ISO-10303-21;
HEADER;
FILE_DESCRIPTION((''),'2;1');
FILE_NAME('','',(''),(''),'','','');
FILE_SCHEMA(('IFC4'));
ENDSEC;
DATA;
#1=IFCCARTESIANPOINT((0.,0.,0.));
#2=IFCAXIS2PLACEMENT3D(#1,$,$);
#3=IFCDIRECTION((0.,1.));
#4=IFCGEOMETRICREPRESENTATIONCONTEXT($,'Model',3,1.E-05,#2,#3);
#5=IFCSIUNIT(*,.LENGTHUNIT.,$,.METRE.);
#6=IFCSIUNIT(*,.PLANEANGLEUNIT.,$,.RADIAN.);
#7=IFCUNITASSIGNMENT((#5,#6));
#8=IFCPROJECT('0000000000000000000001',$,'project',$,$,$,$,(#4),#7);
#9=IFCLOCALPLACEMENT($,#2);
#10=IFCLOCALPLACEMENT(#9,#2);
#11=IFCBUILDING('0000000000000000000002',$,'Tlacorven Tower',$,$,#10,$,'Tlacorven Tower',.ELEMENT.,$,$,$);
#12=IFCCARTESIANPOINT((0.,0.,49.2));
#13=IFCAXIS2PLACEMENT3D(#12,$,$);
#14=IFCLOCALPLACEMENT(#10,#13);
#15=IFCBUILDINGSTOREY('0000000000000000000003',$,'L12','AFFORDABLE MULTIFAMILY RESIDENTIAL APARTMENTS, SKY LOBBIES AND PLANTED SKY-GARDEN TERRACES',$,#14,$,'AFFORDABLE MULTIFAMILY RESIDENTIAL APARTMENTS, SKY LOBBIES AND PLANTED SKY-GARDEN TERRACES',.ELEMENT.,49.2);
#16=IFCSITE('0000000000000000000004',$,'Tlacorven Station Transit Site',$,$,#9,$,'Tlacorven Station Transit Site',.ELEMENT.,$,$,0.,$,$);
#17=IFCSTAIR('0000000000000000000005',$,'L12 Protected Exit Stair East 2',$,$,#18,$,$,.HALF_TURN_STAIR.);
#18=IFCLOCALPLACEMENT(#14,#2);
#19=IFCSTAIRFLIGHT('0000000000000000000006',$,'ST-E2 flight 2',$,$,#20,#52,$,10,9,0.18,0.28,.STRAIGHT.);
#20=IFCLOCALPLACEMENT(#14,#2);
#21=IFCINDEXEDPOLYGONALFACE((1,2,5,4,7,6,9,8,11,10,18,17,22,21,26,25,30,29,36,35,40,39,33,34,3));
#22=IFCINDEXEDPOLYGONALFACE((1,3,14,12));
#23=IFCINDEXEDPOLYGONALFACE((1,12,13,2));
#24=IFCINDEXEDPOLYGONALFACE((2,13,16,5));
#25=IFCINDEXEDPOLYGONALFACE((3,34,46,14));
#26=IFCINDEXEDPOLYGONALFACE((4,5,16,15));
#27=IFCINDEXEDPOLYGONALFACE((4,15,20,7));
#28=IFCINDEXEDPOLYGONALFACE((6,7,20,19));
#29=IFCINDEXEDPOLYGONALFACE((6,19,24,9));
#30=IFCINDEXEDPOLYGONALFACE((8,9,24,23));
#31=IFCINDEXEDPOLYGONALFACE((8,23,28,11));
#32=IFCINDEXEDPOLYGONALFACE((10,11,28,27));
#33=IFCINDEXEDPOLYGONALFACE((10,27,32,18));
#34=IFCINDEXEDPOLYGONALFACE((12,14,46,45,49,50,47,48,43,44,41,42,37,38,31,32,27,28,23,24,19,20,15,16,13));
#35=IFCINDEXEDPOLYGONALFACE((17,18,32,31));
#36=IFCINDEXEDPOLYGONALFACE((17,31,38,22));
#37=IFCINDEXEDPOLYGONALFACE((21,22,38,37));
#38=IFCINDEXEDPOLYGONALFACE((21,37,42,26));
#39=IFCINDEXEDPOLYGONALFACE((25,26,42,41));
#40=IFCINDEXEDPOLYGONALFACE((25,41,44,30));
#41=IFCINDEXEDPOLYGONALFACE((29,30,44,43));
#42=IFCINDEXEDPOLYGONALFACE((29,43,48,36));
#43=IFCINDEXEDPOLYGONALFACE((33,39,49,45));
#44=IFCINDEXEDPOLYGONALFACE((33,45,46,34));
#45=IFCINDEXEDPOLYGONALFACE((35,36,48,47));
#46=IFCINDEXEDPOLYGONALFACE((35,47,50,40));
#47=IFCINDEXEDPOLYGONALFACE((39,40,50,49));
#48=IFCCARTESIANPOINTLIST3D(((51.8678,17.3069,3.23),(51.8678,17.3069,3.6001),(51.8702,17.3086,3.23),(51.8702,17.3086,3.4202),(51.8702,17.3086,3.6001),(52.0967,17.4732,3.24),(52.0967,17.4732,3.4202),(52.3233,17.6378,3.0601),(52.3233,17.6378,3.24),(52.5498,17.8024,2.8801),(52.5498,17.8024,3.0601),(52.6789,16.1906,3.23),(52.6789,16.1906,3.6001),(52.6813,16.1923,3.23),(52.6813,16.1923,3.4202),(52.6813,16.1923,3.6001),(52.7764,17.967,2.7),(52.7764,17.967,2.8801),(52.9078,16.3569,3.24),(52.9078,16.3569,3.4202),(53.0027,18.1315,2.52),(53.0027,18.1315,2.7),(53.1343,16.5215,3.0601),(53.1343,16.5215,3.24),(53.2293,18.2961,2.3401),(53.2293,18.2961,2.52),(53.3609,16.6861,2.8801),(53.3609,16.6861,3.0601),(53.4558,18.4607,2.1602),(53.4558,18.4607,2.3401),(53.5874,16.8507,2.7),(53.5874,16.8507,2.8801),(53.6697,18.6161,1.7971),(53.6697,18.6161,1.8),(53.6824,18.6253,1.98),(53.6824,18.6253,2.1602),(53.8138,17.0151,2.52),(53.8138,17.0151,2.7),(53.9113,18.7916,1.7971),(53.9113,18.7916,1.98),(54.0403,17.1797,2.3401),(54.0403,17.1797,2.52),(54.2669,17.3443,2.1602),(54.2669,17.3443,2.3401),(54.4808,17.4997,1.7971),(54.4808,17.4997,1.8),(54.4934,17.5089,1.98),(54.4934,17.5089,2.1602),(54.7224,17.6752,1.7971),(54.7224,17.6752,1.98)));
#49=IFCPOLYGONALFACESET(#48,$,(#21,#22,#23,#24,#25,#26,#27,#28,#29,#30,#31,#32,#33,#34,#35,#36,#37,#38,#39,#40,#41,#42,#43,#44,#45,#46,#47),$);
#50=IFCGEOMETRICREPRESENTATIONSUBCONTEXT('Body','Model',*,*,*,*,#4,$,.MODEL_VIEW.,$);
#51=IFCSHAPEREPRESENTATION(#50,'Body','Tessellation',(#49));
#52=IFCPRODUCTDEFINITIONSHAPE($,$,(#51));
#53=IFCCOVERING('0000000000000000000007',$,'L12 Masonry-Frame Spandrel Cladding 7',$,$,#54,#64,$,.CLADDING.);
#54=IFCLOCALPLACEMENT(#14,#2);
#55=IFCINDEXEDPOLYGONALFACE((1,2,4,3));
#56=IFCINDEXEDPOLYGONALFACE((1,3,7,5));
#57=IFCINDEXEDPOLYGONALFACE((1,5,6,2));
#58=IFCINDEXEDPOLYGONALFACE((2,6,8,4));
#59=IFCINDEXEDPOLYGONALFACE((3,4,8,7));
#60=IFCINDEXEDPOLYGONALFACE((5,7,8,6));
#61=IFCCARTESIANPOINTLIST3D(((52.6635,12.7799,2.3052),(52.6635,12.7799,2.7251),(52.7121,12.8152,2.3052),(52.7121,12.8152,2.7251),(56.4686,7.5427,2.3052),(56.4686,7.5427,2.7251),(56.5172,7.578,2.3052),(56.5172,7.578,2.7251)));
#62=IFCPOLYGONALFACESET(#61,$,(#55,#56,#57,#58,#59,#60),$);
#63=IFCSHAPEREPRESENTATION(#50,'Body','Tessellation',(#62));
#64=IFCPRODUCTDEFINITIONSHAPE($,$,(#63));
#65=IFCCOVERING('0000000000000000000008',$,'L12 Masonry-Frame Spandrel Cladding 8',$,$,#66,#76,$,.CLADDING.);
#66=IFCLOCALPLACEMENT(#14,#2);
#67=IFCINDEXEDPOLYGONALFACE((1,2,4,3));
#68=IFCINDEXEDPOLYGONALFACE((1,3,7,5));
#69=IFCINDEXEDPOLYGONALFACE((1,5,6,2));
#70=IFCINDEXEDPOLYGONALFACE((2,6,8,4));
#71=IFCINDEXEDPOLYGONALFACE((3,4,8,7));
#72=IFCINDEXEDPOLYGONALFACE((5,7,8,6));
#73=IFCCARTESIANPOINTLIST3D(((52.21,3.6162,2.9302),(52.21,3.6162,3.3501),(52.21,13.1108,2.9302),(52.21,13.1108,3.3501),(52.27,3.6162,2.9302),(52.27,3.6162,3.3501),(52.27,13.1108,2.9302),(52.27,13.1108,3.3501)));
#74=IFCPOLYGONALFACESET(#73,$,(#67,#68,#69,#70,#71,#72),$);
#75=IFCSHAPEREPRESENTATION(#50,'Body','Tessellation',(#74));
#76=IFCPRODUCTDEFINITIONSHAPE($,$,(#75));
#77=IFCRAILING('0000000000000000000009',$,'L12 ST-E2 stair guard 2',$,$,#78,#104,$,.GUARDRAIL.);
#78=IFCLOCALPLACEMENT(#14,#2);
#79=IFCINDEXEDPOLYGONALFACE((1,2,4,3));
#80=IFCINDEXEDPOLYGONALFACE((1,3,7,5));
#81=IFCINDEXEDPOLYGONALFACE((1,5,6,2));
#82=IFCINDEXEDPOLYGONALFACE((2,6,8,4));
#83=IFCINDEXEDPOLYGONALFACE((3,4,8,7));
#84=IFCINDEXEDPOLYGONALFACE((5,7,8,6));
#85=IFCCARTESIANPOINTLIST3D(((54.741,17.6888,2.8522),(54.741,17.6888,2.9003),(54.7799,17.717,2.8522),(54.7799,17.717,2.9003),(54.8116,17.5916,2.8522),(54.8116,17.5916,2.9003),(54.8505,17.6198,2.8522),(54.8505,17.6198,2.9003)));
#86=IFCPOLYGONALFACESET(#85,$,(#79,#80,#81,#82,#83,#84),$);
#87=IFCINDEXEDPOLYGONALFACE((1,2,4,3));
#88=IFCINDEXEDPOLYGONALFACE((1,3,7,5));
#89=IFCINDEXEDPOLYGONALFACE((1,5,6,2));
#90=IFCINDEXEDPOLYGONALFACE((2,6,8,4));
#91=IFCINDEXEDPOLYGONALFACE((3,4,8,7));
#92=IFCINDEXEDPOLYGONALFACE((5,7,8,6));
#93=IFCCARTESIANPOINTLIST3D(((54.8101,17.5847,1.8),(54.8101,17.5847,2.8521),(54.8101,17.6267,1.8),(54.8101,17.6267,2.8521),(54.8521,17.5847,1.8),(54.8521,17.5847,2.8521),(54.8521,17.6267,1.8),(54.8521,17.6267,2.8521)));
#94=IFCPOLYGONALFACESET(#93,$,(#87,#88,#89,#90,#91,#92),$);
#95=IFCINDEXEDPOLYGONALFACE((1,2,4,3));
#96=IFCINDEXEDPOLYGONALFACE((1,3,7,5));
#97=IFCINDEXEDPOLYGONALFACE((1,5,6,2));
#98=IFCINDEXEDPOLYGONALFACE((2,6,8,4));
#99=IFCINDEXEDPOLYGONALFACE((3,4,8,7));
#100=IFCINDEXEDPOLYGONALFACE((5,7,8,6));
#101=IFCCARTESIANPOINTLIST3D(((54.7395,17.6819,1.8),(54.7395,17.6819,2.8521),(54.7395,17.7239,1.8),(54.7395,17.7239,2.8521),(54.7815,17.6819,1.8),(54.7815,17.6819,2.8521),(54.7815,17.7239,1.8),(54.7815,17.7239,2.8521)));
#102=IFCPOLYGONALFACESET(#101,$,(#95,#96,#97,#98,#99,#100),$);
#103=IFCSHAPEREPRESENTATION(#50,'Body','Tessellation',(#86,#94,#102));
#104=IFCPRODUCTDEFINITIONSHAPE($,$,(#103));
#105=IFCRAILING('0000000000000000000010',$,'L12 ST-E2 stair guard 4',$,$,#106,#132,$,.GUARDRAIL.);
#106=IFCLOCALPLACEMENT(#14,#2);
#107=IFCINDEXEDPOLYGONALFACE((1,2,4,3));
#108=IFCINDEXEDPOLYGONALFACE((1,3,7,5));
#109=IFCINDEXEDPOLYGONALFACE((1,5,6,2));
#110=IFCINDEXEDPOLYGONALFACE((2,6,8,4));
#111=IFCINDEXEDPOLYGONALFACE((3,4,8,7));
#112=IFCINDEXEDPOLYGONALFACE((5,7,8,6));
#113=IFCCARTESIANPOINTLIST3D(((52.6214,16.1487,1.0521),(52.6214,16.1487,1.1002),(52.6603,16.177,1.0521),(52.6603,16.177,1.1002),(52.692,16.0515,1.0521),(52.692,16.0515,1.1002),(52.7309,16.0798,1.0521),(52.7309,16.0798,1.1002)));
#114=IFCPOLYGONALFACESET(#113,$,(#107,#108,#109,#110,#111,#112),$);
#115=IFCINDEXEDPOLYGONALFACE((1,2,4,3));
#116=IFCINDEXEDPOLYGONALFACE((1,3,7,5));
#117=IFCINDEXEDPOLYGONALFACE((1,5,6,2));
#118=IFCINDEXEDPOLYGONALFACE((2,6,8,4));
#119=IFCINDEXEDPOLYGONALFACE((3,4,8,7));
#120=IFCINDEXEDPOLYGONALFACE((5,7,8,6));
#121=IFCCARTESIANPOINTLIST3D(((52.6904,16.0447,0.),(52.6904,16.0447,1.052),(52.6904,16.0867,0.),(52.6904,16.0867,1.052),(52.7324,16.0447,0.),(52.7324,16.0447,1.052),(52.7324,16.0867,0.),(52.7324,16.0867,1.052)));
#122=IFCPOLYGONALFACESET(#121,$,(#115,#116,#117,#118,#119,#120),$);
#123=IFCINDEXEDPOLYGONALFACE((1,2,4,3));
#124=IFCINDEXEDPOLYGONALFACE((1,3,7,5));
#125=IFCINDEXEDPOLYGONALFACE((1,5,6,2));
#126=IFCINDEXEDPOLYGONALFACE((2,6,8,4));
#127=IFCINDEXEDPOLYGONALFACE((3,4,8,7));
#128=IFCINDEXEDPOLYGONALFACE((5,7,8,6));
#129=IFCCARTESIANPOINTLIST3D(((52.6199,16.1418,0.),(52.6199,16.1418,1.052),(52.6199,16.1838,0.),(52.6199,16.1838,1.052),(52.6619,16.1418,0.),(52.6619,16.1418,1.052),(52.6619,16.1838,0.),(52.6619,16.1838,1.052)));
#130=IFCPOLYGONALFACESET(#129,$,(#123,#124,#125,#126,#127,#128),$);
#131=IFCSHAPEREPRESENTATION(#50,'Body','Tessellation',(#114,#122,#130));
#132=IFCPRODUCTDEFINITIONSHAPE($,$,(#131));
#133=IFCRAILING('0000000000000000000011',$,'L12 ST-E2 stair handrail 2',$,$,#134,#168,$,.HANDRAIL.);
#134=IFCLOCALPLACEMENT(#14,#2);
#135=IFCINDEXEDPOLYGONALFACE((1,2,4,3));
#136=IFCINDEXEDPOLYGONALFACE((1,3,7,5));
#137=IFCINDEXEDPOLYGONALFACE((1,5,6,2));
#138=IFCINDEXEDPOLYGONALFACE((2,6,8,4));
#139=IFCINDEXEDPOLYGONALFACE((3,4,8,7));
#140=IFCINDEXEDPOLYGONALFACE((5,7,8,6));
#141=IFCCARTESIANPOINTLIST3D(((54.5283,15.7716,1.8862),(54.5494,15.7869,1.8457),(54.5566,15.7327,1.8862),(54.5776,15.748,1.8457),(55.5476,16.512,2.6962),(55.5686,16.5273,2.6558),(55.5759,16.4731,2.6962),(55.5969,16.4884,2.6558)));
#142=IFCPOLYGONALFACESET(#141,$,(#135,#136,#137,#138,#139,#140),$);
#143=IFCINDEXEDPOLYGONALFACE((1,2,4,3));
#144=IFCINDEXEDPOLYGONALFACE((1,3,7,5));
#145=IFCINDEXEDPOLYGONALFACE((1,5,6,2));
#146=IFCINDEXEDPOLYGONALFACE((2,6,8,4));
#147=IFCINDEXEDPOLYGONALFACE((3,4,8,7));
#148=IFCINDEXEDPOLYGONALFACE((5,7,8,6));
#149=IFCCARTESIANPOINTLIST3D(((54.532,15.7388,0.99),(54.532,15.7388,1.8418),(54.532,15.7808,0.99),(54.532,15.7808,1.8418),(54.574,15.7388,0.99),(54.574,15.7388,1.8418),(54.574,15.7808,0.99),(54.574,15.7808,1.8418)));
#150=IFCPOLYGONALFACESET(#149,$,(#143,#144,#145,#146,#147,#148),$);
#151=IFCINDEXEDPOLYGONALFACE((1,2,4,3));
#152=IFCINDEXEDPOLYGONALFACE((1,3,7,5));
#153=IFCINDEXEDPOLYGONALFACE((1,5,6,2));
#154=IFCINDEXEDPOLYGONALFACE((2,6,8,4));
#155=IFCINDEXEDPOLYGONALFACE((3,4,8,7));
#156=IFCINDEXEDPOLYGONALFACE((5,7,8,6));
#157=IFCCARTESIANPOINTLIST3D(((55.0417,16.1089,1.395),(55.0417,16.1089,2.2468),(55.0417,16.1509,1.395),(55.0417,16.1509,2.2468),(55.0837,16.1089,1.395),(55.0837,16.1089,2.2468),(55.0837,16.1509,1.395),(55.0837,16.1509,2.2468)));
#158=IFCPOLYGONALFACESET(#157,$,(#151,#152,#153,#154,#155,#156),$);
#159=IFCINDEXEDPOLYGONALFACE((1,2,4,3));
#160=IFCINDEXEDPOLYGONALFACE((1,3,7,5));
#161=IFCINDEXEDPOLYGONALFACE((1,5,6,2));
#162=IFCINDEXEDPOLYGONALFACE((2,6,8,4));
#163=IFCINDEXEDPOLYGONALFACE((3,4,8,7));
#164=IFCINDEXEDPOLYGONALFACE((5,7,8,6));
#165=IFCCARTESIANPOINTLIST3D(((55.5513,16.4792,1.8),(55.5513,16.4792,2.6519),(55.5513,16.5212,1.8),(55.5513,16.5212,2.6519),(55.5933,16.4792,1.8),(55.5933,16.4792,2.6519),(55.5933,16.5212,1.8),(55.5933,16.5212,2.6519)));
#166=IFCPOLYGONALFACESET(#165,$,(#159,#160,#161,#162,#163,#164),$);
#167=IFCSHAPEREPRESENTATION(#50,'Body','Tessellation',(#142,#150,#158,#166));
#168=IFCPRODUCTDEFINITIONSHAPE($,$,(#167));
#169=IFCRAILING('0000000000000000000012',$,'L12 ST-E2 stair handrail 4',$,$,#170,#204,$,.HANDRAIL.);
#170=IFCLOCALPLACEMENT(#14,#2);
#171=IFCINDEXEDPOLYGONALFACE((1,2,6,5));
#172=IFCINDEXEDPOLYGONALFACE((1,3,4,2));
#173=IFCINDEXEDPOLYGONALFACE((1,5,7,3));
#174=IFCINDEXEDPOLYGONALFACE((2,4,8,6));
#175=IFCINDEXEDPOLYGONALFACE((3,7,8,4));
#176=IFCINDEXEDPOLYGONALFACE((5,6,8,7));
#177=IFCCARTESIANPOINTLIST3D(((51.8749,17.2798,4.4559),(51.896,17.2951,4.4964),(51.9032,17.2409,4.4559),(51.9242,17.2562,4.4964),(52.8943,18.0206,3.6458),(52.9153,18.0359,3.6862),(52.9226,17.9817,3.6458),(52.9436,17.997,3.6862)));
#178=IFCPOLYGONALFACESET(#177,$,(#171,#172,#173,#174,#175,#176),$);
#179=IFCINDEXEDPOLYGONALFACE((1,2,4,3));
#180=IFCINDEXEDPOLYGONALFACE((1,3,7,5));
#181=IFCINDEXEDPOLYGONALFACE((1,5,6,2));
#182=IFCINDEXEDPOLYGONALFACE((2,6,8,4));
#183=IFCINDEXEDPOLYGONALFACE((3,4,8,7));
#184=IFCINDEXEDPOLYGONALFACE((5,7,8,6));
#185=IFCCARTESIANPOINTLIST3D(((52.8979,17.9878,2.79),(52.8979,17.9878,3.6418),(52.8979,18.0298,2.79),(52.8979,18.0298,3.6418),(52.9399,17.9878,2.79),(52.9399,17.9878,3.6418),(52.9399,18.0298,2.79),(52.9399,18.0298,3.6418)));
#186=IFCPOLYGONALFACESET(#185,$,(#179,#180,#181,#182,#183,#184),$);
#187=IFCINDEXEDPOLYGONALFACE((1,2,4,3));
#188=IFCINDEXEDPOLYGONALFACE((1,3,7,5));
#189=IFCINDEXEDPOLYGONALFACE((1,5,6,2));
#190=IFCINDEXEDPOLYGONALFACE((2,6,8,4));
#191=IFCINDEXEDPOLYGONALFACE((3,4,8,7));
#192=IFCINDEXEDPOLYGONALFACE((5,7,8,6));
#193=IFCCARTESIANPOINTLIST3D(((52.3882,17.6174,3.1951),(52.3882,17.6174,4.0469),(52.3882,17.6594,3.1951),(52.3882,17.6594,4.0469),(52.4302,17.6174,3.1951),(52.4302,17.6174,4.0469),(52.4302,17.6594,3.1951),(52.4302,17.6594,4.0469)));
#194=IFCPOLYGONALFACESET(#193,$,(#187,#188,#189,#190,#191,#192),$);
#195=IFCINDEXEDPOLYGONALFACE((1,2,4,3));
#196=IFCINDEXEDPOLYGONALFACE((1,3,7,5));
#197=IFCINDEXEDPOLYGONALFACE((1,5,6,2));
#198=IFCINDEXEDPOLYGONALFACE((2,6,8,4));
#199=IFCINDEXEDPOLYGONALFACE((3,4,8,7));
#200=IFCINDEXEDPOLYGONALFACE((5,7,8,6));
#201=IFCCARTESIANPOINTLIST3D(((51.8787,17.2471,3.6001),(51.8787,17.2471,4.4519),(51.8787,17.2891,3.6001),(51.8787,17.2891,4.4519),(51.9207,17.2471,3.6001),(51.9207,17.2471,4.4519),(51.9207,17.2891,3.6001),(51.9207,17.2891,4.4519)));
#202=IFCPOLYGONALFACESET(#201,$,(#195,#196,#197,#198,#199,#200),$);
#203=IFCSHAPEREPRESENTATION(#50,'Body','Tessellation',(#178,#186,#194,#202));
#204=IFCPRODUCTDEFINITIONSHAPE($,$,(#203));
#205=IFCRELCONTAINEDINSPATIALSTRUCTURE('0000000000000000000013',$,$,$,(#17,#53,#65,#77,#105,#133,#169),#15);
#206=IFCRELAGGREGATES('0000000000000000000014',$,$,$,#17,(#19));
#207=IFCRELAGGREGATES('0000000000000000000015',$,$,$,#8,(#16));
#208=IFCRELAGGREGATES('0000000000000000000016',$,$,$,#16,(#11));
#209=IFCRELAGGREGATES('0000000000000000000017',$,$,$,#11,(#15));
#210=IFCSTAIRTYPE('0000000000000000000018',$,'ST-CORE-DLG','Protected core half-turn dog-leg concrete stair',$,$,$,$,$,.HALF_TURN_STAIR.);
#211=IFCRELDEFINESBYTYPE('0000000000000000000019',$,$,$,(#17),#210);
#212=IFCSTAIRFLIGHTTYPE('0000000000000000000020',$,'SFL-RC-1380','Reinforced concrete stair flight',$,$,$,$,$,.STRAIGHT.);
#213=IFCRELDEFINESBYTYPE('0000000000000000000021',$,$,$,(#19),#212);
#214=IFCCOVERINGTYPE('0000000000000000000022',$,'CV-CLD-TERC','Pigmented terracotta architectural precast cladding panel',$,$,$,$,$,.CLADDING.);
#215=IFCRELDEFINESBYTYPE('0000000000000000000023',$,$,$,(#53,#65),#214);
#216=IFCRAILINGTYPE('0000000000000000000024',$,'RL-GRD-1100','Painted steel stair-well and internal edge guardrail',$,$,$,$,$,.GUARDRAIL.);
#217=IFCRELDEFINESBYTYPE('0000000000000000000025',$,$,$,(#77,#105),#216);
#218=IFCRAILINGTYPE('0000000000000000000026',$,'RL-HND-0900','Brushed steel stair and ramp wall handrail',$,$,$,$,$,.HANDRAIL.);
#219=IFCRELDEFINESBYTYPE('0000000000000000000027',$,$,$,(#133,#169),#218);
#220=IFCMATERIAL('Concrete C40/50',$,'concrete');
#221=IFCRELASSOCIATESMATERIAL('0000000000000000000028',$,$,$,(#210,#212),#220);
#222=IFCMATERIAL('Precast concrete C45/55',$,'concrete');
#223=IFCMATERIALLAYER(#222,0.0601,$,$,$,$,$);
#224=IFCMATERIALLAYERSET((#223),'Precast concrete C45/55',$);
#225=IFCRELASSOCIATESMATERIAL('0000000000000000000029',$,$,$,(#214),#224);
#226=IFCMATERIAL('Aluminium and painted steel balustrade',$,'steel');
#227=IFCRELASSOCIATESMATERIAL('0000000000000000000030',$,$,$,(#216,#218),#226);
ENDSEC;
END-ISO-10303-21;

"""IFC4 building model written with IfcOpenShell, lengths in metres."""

from ifc_helpers import new_model, si_unit, direction, frame, origin, origin_2d, place, context, subcontext, project, spatial, polyline, rectangle, outline, extrude, source, transform, mapped, material, layer, layer_set, type_object, element, aggregate, save


model = new_model("IFC4")

# Units and contexts
model_context = context("Model", 3, precision=1e-05, world=origin(), true_north=direction((0.0, 1.0)))
body_context = subcontext(model_context, "Body", "Model", "MODEL_VIEW")
ifc_project = project(units=[si_unit("LENGTHUNIT", "METRE"), si_unit("PLANEANGLEUNIT", "RADIAN")], contexts=[model_context])

# Site, building, storey
site_placement = place(None, origin())
site = spatial("IfcSite", under=ifc_project, at=site_placement, Name="Tlacorven Station Transit Site", LongName="Tlacorven Station Transit Site", CompositionType="ELEMENT", RefElevation=0.0)
building_placement = place(site_placement, origin())
building = spatial("IfcBuilding", under=site, at=building_placement, Name="Tlacorven Tower", LongName="Tlacorven Tower", CompositionType="ELEMENT")
storey_placement = place(building_placement, frame((0.0, 0.0, 49.2)))
storey = spatial("IfcBuildingStorey", under=building, at=storey_placement, Name="L12", Description="AFFORDABLE MULTIFAMILY RESIDENTIAL APARTMENTS, SKY LOBBIES AND PLANTED SKY-GARDEN TERRACES", LongName="AFFORDABLE MULTIFAMILY RESIDENTIAL APARTMENTS, SKY LOBBIES AND PLANTED SKY-GARDEN TERRACES", CompositionType="ELEMENT", Elevation=49.2)

# Shared definitions
ifc_material_1 = material(Name="Precast concrete C45/55", Category="concrete")

# Stair, stair flight
ifc_material_2 = material(Name="Concrete C40/50", Category="concrete")
stair_type = type_object("IfcStairType", Name="ST-CORE-DLG", Description="Protected core half-turn dog-leg concrete stair", PredefinedType="HALF_TURN_STAIR", material=ifc_material_2)
stair_placement = place(storey_placement, origin())
stair = element("IfcStair", 1, at=stair_placement, inside=storey, type_object=stair_type, Name="L12 Protected Exit Stair East 2", PredefinedType="HALF_TURN_STAIR")
stair_flight_type = type_object("IfcStairFlightType", Name="SFL-RC-1380", Description="Reinforced concrete stair flight", PredefinedType="STRAIGHT", material=ifc_material_2)
shared_shape_1 = source(origin(), body_context, "Body", "SweptSolid", [
    extrude(outline(polyline([(-0.0029, -0.0029), (-0.0029, 0.1799), (0.28, 0.1799), (0.28, 0.3601), (0.5601, 0.3601), (0.5601, 0.54), (0.8401, 0.54), (0.8401, 0.72), (1.1201, 0.72), (1.1201, 0.8999), (1.3999, 0.8999), (1.3999, 1.0801), (1.6799, 1.0801), (1.6799, 1.26), (1.96, 1.26), (1.96, 1.4399), (2.24, 1.4399), (2.24, 1.6201), (2.52, 1.6201), (2.52, 1.8), (2.5229, 1.8), (2.5229, 1.4299), (2.52, 1.4299), (0.2957, 0.0), (0.2957, -0.0029), (-0.0029, -0.0029)])), frame((0.0, 0.6899, 0.0), z_axis=(0.0, -1.0, 0.0), x_axis=(1.0, 0.0, 0.0)), (0.0, 0.0, 1.0), 1.3799),
])
stair_flight_1_placement = place(storey_placement, frame((54.3145, 18.2317, 1.8), z_axis=(0.0, 0.0, 1.0), x_axis=(-0.809017, -0.587785, 0.0)))
stair_flight_1 = element("IfcStairFlight", 2, at=stair_flight_1_placement, type_object=stair_flight_type, Name="ST-E2 flight 2", NumberOfRisers=10, NumberOfTreads=9, PredefinedType="STRAIGHT", RiserHeight=0.18, TreadLength=0.28, context=body_context, shape_type="MappedRepresentation", body=[
    mapped(shared_shape_1, transform((0.0, 0.0, 0.0), scale=1.0)),
])
aggregate(stair, [stair_flight_1])

# Coverings
ifc_layer_1 = layer(ifc_material_1, 0.0601)
ifc_layer_set_1 = layer_set([ifc_layer_1], Name="Precast concrete C45/55")
covering_type = type_object("IfcCoveringType", Name="CV-CLD-TERC", Description="Pigmented terracotta architectural precast cladding panel", PredefinedType="CLADDING", material=ifc_layer_set_1)
shared_shape_2 = source(origin(), body_context, "Body", "SweptSolid", [
    extrude(rectangle(XDim=6.4736, YDim=0.0601, at=origin_2d()), origin(), (0.0, 0.0, 1.0), 0.4199),
])
covering_1_placement = place(storey_placement, frame((54.5903, 10.179, 2.3052), z_axis=(0.0, 0.0, 1.0), x_axis=(-0.587786, 0.809017, 0.0)))
element("IfcCovering", 3, at=covering_1_placement, inside=storey, type_object=covering_type, Name="L12 Masonry-Frame Spandrel Cladding 7", PredefinedType="CLADDING", context=body_context, shape_type="MappedRepresentation", body=[
    mapped(shared_shape_2, transform((0.0, 0.0, 0.0), scale=1.0)),
])
shared_shape_3 = source(origin(), body_context, "Body", "SweptSolid", [
    extrude(rectangle(XDim=9.4946, YDim=0.0601, at=origin_2d()), origin(), (0.0, 0.0, 1.0), 0.4199),
])
covering_2_placement = place(storey_placement, frame((52.24, 8.3635, 2.9302), z_axis=(0.0, 0.0, 1.0), x_axis=(0.0, -1.0, 0.0)))
element("IfcCovering", 4, at=covering_2_placement, inside=storey, type_object=covering_type, Name="L12 Masonry-Frame Spandrel Cladding 8", PredefinedType="CLADDING", context=body_context, shape_type="MappedRepresentation", body=[
    mapped(shared_shape_3, transform((0.0, 0.0, 0.0), scale=1.0)),
])

# Railings
ifc_material_3 = material(Name="Aluminium and painted steel balustrade", Category="steel")
railing_type_1 = type_object("IfcRailingType", Name="RL-GRD-1100", Description="Painted steel stair-well and internal edge guardrail", PredefinedType="GUARDRAIL", material=ifc_material_3)
shared_shape_4 = source(origin(), body_context, "Body", "SweptSolid", [
    extrude(rectangle(XDim=0.0481, YDim=0.0481, at=origin_2d()), frame((0.0, 0.0, 1.0762), z_axis=(-0.587567, 0.809175, 0.0), x_axis=(-0.809175, -0.587567, 0.0)), (0.0, 0.0, 1.0), 0.1201),
    extrude(rectangle(XDim=0.042, YDim=0.042, at=origin_2d()), origin(), (0.0, 0.0, 1.0), 1.052),
    extrude(rectangle(XDim=0.042, YDim=0.042, at=origin_2d()), frame((-0.0706, 0.0972, 0.0)), (0.0, 0.0, 1.0), 1.052),
])
for number, where, name in (
    (5, (54.8311, 17.6057, 1.8), "L12 ST-E2 stair guard 2"),
    (6, (52.7114, 16.0657, 0.0), "L12 ST-E2 stair guard 4"),
):
    element("IfcRailing", number, at=place(storey_placement, frame(where)), inside=storey, type_object=railing_type_1, Name=name, PredefinedType="GUARDRAIL", context=body_context, shape_type="MappedRepresentation", body=[
        mapped(shared_shape_4, transform((0.0, 0.0, 0.0), scale=1.0)),
    ])
railing_type_2 = type_object("IfcRailingType", Name="RL-HND-0900", Description="Brushed steel stair and ramp wall handrail", PredefinedType="HANDRAIL", material=ifc_material_3)
shared_shape_5 = source(origin(), body_context, "Body", "SweptSolid", [
    extrude(rectangle(XDim=0.0481, YDim=0.0481, at=origin_2d()), frame((0.0, 0.0, 0.876), z_axis=(0.680516, 0.494373, 0.540827), x_axis=(-0.587745, 0.809046, 0.0)), (0.0, 0.0, 1.0), 1.4978),
    extrude(rectangle(XDim=0.042, YDim=0.042, at=origin_2d()), origin(), (0.0, 0.0, 1.0), 0.8518),
    extrude(rectangle(XDim=0.042, YDim=0.042, at=origin_2d()), frame((0.5098, 0.3701, 0.405)), (0.0, 0.0, 1.0), 0.8518),
    extrude(rectangle(XDim=0.042, YDim=0.042, at=origin_2d()), frame((1.0193, 0.7405, 0.8101)), (0.0, 0.0, 1.0), 0.8518),
])
railing_1_placement = place(storey_placement, frame((54.553, 15.7598, 0.99)))
element("IfcRailing", 7, at=railing_1_placement, inside=storey, type_object=railing_type_2, Name="L12 ST-E2 stair handrail 2", PredefinedType="HANDRAIL", context=body_context, shape_type="MappedRepresentation", body=[
    mapped(shared_shape_5, transform((0.0, 0.0, 0.0), scale=1.0)),
])
shared_shape_6 = source(origin(), body_context, "Body", "SweptSolid", [
    extrude(rectangle(XDim=0.0481, YDim=0.0481, at=origin_2d()), frame((0.0, 0.0, 0.876), z_axis=(-0.680461, -0.494496, 0.540783), x_axis=(0.587872, -0.808954, 0.0)), (0.0, 0.0, 1.0), 1.498),
    extrude(rectangle(XDim=0.042, YDim=0.042, at=origin_2d()), origin(), (0.0, 0.0, 1.0), 0.8518),
    extrude(rectangle(XDim=0.042, YDim=0.042, at=origin_2d()), frame((-0.5098, -0.3704, 0.405)), (0.0, 0.0, 1.0), 0.8518),
    extrude(rectangle(XDim=0.042, YDim=0.042, at=origin_2d()), frame((-1.0193, -0.7407, 0.8101)), (0.0, 0.0, 1.0), 0.8518),
])
railing_2_placement = place(storey_placement, frame((52.9189, 18.0088, 2.79)))
element("IfcRailing", 8, at=railing_2_placement, inside=storey, type_object=railing_type_2, Name="L12 ST-E2 stair handrail 4", PredefinedType="HANDRAIL", context=body_context, shape_type="MappedRepresentation", body=[
    mapped(shared_shape_6, transform((0.0, 0.0, 0.0), scale=1.0)),
])

save(model, "model.ifc")
